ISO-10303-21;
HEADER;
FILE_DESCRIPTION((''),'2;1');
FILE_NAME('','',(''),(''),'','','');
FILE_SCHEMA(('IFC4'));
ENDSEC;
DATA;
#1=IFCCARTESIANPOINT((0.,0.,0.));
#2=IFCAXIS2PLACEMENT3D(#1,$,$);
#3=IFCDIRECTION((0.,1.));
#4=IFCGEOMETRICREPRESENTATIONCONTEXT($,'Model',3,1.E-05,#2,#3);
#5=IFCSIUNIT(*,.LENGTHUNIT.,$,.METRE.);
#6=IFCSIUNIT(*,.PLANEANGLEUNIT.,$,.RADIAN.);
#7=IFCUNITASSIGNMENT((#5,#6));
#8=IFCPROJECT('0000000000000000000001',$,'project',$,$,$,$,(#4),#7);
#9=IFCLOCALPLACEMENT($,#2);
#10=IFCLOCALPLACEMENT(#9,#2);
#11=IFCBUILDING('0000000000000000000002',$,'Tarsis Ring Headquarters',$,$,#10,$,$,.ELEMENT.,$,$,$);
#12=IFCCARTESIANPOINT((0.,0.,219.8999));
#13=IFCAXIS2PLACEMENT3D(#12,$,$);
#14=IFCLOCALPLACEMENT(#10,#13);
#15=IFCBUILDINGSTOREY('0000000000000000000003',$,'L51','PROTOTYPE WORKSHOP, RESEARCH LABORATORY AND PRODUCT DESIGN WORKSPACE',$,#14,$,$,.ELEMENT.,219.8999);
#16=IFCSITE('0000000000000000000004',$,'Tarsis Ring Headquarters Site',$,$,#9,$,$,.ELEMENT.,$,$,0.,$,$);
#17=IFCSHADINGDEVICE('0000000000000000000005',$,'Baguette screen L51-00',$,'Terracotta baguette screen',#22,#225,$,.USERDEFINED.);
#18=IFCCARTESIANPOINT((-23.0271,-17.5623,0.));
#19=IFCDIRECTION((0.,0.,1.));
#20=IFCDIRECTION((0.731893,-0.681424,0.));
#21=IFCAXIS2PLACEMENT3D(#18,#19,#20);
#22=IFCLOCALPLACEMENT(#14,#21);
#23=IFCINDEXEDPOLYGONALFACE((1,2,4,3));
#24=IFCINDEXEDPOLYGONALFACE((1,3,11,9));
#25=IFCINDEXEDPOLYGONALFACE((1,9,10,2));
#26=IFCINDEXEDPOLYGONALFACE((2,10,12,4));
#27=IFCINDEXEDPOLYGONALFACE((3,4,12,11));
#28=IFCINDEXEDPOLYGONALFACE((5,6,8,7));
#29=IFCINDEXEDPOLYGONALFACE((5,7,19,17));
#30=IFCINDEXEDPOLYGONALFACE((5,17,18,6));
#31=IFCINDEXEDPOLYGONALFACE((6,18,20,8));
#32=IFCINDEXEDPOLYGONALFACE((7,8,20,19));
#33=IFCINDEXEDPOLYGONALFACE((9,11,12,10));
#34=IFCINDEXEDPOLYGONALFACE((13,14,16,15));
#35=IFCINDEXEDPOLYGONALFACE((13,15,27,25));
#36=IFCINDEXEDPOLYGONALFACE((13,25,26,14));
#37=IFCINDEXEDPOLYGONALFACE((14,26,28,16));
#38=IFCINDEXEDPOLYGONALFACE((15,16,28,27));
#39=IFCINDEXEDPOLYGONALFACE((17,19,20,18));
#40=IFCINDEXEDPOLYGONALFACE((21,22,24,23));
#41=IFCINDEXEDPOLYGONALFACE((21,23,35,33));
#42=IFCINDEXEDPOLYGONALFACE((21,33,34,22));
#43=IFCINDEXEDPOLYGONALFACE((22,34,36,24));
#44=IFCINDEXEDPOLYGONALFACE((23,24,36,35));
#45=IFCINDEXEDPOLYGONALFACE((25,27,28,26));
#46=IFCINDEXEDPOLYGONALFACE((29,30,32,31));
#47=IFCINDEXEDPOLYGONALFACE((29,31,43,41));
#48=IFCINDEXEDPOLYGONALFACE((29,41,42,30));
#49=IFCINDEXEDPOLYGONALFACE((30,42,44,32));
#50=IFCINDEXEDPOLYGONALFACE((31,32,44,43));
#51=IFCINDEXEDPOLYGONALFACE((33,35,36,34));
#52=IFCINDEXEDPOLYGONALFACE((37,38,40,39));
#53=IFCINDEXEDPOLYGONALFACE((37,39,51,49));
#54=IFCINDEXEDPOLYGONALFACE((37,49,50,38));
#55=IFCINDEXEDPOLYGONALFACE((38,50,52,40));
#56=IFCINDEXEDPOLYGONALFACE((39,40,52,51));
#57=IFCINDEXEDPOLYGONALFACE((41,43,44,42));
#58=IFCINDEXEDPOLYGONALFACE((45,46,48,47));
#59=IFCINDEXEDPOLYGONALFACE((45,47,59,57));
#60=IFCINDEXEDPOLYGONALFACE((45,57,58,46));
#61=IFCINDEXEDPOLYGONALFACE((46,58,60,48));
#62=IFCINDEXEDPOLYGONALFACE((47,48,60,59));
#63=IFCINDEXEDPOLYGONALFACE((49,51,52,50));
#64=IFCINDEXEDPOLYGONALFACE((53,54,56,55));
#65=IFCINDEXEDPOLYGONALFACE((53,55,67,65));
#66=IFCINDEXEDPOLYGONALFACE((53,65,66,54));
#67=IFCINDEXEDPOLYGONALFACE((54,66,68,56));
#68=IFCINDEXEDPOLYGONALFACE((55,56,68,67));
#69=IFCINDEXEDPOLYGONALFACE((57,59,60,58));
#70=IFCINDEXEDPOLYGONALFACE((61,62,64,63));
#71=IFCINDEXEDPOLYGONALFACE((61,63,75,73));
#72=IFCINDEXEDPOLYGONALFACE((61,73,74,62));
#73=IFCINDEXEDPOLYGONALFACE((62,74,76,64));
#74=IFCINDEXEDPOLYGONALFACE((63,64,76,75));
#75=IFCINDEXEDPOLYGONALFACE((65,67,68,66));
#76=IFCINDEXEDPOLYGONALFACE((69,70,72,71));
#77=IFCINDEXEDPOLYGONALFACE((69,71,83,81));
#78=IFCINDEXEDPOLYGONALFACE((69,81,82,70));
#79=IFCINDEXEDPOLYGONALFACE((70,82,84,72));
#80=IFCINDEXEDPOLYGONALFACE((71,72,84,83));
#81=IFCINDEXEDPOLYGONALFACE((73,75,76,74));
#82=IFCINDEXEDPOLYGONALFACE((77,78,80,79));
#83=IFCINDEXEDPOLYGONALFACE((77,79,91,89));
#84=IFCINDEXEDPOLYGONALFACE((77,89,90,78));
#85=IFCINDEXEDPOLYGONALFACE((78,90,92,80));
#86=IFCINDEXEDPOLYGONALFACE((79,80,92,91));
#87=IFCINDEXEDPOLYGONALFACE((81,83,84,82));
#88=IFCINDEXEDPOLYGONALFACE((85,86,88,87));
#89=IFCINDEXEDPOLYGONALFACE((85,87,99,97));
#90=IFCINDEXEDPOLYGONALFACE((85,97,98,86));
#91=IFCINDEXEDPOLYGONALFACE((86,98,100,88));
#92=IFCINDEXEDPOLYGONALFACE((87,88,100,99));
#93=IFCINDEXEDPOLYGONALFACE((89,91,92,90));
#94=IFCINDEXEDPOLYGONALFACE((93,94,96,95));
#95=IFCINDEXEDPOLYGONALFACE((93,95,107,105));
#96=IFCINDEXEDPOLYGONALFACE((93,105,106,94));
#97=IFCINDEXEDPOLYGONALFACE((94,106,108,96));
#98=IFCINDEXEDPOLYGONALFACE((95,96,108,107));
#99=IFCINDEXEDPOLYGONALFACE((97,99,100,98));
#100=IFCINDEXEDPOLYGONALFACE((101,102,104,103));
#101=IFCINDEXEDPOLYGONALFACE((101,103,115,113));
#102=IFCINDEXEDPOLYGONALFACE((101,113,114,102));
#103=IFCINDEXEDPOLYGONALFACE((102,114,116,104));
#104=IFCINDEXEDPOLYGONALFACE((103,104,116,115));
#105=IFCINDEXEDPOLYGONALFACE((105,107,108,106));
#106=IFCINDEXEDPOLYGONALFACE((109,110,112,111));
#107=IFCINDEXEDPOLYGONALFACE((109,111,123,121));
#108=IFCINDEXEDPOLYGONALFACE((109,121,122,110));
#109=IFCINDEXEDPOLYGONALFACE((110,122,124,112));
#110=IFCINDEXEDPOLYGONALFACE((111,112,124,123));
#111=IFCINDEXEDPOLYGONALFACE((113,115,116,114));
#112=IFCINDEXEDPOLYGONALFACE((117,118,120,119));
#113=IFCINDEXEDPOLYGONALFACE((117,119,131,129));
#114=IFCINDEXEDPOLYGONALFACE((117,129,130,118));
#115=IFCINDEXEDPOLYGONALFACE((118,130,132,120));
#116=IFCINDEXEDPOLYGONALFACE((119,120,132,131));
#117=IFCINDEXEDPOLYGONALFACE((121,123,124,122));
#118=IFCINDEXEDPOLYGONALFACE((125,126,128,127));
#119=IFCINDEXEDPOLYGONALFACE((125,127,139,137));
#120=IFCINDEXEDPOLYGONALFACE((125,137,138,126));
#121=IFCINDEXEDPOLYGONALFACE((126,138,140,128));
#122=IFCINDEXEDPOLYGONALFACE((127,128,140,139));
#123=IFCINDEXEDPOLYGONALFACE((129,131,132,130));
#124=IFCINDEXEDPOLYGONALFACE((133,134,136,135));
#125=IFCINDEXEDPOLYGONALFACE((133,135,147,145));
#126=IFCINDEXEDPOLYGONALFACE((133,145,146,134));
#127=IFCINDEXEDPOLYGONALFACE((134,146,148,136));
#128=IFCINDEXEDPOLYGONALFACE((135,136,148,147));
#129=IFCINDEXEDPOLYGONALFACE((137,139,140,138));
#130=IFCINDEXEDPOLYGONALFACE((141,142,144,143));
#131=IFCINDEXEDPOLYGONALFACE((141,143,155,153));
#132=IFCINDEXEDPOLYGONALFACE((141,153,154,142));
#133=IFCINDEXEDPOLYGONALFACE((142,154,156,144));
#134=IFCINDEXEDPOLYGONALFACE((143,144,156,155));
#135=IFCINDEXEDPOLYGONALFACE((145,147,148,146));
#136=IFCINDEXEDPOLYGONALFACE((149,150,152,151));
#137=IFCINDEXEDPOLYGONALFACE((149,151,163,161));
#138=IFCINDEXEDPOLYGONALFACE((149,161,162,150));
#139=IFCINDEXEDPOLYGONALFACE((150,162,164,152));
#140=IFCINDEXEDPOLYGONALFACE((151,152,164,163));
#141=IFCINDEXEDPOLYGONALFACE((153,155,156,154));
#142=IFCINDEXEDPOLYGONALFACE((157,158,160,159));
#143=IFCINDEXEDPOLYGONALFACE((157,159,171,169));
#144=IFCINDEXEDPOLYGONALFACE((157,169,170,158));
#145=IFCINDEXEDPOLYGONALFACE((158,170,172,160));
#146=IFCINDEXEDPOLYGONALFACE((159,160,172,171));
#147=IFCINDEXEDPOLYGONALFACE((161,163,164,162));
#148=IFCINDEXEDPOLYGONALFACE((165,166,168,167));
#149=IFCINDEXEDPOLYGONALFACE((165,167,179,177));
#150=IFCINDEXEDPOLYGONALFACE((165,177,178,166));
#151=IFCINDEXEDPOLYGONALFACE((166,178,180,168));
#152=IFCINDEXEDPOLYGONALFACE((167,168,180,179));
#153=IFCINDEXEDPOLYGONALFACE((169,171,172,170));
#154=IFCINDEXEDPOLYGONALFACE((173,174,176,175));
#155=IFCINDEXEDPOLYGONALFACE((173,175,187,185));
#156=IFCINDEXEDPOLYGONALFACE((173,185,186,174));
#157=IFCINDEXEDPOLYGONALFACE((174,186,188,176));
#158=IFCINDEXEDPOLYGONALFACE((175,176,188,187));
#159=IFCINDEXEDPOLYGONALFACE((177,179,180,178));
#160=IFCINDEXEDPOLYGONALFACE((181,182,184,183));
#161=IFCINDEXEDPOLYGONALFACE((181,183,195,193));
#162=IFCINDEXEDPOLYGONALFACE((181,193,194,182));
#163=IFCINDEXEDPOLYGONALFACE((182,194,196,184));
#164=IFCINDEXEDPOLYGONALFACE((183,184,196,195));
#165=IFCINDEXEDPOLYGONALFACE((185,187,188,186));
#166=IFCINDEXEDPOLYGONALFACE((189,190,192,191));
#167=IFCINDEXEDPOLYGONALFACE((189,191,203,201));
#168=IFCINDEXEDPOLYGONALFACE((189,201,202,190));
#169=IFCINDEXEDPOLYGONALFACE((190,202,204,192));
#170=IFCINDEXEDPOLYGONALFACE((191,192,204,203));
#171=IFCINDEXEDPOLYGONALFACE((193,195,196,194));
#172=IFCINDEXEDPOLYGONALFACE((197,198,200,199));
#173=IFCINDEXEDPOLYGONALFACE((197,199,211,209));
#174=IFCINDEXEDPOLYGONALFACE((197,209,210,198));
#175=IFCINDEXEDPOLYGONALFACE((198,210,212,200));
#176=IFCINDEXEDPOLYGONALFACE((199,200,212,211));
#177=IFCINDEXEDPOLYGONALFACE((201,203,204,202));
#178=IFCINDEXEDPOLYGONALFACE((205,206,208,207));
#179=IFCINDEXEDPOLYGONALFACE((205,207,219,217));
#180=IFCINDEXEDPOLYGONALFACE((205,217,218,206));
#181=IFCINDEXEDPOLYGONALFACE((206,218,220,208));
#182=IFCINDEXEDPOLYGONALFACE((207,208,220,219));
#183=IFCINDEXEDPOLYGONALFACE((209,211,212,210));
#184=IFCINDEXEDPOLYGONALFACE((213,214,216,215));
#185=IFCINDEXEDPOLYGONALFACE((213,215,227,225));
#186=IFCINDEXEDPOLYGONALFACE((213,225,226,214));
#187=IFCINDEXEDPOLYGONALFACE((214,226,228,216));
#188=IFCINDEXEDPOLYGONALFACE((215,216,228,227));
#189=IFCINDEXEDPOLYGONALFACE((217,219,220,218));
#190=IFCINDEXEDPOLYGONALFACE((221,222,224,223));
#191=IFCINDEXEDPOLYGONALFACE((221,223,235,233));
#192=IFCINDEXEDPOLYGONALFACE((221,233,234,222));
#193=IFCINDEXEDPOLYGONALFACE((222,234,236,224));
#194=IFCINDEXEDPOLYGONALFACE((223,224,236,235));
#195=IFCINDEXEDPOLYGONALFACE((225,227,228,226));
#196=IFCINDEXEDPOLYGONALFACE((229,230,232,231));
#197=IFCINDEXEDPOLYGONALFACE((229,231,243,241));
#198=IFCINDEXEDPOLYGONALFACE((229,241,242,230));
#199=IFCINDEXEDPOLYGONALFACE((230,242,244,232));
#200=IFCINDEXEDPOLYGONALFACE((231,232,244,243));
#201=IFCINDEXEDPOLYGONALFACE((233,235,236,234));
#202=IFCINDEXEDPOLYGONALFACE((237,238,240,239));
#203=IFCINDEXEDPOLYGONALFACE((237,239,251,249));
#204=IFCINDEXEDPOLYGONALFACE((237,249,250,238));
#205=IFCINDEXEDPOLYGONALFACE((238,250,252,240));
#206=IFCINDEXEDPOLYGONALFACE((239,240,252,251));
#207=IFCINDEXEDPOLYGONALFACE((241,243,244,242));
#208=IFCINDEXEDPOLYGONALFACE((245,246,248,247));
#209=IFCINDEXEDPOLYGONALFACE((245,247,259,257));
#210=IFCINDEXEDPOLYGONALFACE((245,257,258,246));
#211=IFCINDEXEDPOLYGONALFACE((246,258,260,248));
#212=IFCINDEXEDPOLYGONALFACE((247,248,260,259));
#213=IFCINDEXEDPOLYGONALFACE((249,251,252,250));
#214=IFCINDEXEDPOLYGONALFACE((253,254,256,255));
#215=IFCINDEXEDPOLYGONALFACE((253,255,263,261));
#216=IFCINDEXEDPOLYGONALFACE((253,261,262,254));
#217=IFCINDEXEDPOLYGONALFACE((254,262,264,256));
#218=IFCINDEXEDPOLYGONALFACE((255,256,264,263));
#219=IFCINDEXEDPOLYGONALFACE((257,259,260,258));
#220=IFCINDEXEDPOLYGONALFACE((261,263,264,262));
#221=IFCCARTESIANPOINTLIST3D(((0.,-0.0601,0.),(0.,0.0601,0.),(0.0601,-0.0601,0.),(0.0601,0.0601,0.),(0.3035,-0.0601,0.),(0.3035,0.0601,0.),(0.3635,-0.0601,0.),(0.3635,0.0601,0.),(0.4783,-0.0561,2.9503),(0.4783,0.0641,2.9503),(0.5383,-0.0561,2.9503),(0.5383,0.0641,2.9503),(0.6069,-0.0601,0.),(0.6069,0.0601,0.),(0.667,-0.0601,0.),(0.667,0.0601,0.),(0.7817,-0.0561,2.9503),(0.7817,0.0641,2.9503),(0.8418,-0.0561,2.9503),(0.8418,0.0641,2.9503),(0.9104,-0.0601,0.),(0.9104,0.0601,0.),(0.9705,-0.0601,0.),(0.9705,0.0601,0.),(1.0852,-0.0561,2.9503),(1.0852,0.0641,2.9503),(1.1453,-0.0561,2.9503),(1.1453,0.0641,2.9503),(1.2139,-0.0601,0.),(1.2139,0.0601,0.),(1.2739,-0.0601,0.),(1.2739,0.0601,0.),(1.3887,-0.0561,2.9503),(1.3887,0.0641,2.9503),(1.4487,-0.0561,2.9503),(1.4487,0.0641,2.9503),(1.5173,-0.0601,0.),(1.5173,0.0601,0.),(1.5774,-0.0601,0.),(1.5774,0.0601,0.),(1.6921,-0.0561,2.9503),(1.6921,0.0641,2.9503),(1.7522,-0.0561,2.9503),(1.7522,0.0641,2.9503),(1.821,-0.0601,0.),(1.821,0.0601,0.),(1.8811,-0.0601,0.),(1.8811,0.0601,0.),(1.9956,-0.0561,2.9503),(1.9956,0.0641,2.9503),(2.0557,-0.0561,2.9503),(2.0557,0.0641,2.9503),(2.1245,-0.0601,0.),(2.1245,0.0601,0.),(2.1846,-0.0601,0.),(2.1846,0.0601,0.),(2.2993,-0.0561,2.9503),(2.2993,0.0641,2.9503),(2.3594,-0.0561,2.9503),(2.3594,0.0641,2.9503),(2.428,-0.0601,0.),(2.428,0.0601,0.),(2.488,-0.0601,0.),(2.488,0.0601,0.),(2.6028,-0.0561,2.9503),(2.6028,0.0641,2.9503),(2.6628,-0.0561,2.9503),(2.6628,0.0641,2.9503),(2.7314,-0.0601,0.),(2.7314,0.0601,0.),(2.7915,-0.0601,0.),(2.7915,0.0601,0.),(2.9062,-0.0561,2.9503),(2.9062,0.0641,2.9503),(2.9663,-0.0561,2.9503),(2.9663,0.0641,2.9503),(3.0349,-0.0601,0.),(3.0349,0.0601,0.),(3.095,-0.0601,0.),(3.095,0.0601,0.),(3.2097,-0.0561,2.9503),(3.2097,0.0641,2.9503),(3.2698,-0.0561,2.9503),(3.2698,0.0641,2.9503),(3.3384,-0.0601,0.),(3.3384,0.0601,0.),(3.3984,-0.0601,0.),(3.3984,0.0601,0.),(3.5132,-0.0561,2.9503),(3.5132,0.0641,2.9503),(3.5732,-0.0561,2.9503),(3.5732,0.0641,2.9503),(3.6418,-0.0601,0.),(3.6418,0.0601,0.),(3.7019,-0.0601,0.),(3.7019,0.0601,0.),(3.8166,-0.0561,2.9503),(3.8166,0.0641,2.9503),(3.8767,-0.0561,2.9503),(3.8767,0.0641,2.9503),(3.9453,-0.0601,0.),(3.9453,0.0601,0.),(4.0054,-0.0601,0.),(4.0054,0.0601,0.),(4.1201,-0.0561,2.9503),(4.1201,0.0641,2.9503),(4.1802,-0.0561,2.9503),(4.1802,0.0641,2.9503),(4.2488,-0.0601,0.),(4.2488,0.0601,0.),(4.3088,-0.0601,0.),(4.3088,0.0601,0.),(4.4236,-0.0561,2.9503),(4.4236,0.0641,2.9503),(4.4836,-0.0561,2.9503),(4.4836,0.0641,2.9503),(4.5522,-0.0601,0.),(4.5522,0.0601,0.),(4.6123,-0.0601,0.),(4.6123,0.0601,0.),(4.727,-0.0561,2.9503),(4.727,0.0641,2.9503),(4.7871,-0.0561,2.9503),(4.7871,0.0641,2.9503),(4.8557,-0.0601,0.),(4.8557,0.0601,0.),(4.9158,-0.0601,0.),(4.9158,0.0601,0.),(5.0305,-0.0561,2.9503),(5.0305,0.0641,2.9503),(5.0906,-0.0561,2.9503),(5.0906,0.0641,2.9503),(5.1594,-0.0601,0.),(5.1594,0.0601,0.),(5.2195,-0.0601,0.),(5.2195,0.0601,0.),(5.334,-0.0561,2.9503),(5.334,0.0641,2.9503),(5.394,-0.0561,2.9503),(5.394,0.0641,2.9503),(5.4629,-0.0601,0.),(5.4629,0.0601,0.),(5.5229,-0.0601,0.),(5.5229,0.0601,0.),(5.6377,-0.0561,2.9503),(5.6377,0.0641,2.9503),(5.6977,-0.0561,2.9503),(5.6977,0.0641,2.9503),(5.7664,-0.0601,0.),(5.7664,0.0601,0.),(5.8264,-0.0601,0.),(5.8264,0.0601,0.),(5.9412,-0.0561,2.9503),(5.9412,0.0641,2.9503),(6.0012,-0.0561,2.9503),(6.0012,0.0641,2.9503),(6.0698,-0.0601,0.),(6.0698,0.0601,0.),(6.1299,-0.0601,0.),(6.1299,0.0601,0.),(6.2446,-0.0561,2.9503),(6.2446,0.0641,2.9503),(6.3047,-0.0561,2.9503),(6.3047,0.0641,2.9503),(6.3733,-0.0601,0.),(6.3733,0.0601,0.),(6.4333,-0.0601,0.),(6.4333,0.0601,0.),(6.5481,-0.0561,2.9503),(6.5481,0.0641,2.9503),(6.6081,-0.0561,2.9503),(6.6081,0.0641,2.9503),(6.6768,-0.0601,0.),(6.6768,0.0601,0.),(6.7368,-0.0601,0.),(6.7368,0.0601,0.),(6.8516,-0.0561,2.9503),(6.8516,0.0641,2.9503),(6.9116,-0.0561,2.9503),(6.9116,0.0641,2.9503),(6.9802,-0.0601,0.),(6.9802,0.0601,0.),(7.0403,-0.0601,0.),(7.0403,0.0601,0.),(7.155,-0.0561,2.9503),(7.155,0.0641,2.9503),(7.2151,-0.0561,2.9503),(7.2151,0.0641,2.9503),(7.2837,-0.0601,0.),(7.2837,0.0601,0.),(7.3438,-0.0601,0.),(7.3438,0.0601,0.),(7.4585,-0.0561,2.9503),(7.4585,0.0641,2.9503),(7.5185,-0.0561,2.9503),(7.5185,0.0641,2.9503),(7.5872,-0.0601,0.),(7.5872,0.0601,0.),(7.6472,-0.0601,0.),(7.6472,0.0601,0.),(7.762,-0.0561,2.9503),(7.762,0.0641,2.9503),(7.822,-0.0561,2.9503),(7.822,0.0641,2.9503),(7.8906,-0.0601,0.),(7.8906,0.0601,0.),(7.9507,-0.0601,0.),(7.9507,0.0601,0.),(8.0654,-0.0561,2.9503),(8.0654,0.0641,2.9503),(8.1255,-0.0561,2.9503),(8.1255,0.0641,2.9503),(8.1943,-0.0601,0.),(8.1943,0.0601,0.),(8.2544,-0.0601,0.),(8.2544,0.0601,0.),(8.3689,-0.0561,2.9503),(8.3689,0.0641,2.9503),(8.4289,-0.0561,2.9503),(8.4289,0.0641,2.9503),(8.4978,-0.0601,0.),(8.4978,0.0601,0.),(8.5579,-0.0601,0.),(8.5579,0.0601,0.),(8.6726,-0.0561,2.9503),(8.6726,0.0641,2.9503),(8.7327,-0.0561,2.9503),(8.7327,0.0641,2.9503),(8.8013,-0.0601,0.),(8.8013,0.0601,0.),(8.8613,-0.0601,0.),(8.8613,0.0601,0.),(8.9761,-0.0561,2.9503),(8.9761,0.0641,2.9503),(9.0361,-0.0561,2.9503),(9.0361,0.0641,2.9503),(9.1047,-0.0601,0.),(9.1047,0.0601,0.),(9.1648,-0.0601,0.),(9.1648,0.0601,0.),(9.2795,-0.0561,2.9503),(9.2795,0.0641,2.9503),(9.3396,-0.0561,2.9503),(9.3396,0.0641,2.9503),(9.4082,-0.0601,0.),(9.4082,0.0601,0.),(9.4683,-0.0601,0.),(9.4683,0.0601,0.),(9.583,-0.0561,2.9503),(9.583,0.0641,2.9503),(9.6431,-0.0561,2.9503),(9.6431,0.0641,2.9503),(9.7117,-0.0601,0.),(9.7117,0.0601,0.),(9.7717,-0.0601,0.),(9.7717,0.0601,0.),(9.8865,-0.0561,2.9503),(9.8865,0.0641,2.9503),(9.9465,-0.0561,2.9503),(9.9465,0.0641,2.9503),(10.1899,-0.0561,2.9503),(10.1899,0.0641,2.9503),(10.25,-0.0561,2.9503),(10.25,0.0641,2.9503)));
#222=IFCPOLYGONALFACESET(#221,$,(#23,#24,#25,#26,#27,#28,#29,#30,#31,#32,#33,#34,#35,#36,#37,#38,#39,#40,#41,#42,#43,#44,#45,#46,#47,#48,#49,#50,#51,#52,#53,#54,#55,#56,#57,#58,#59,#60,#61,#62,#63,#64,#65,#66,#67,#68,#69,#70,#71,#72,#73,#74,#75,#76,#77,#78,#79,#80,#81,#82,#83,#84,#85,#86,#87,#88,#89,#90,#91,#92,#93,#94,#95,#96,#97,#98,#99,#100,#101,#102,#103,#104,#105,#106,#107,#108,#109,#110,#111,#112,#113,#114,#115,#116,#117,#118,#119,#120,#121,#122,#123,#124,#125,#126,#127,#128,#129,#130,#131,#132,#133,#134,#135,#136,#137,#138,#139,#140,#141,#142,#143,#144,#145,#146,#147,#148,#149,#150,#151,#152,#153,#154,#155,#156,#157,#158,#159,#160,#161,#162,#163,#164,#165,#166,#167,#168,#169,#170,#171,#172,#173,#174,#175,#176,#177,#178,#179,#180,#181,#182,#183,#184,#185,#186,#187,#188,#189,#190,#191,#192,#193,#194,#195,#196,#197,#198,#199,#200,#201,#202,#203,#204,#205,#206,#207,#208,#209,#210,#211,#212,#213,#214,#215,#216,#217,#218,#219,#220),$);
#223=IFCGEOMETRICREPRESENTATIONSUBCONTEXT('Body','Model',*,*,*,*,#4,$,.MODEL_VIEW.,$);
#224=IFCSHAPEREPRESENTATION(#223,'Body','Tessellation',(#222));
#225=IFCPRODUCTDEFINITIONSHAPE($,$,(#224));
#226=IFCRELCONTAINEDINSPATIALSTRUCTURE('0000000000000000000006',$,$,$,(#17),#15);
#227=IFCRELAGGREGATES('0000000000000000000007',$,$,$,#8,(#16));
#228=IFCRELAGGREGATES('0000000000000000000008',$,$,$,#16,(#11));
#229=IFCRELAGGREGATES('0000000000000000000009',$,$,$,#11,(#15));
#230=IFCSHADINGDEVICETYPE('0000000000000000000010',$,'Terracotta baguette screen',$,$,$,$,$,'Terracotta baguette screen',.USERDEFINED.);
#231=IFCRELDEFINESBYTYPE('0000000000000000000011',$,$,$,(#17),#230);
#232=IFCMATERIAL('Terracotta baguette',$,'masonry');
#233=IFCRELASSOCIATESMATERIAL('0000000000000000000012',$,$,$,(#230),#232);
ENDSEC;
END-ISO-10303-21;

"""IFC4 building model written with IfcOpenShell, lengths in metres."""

from ifc_helpers import new_model, si_unit, direction, frame, frame_2d, origin, place, context, subcontext, project, spatial, rectangle, composite_profile, extrude, material, type_object, element, save


model = new_model("IFC4")

# Units and contexts
model_context = context("Model", 3, precision=1e-05, world=origin(), true_north=direction((0.0, 1.0)))
body_context = subcontext(model_context, "Body", "Model", "MODEL_VIEW")
ifc_project = project(units=[si_unit("LENGTHUNIT", "METRE"), si_unit("PLANEANGLEUNIT", "RADIAN")], contexts=[model_context])

# Site, building, storey
site_placement = place(None, origin())
site = spatial("IfcSite", under=ifc_project, at=site_placement, Name="Tarsis Ring Headquarters Site", CompositionType="ELEMENT", RefElevation=0.0)
building_placement = place(site_placement, origin())
building = spatial("IfcBuilding", under=site, at=building_placement, Name="Tarsis Ring Headquarters", CompositionType="ELEMENT")
storey_placement = place(building_placement, frame((0.0, 0.0, 219.8999)))
storey = spatial("IfcBuildingStorey", under=building, at=storey_placement, Name="L51", Description="PROTOTYPE WORKSHOP, RESEARCH LABORATORY AND PRODUCT DESIGN WORKSPACE", CompositionType="ELEMENT", Elevation=219.8999)

# Shading device
ifc_material_1 = material(Name="Terracotta baguette", Category="masonry")
shading_device_type = type_object("IfcShadingDeviceType", Name="Terracotta baguette screen", ElementType="Terracotta baguette screen", PredefinedType="USERDEFINED", material=ifc_material_1)
shading_device_1_placement = place(storey_placement, frame((-23.0271, -17.5623, 0.0), z_axis=(0.0, 0.0, 1.0), x_axis=(0.731893, -0.681424, 0.0)))
element("IfcShadingDevice", 1, at=shading_device_1_placement, inside=storey, type_object=shading_device_type, Name="Baguette screen L51-00", ObjectType="Terracotta baguette screen", PredefinedType="USERDEFINED", context=body_context, shape_type="SweptSolid", body=[
    extrude(composite_profile([rectangle(XDim=0.0601, YDim=0.1201, at=frame_2d((0.03, 0.0))), rectangle(XDim=0.0601, YDim=0.1201, at=frame_2d((0.3335, 0.0))), rectangle(XDim=0.0601, YDim=0.1201, at=frame_2d((0.637, 0.0))), rectangle(XDim=0.0601, YDim=0.1201, at=frame_2d((0.9404, 0.0))), rectangle(XDim=0.0601, YDim=0.1201, at=frame_2d((1.2439, 0.0))), rectangle(XDim=0.0601, YDim=0.1201, at=frame_2d((1.5474, 0.0))), rectangle(XDim=0.0601, YDim=0.1201, at=frame_2d((1.8511, 0.0))), rectangle(XDim=0.0601, YDim=0.1201, at=frame_2d((2.1545, 0.0))), rectangle(XDim=0.0601, YDim=0.1201, at=frame_2d((2.458, 0.0))), rectangle(XDim=0.0601, YDim=0.1201, at=frame_2d((2.7615, 0.0))), rectangle(XDim=0.0601, YDim=0.1201, at=frame_2d((3.0649, 0.0))), rectangle(XDim=0.0601, YDim=0.1201, at=frame_2d((3.3684, 0.0))), rectangle(XDim=0.0601, YDim=0.1201, at=frame_2d((3.6719, 0.0))), rectangle(XDim=0.0601, YDim=0.1201, at=frame_2d((3.9753, 0.0))), rectangle(XDim=0.0601, YDim=0.1201, at=frame_2d((4.2788, 0.0))), rectangle(XDim=0.0601, YDim=0.1201, at=frame_2d((4.5823, 0.0))), rectangle(XDim=0.0601, YDim=0.1201, at=frame_2d((4.8857, 0.0))), rectangle(XDim=0.0601, YDim=0.1201, at=frame_2d((5.1895, 0.0))), rectangle(XDim=0.0601, YDim=0.1201, at=frame_2d((5.4929, 0.0))), rectangle(XDim=0.0601, YDim=0.1201, at=frame_2d((5.7964, 0.0))), rectangle(XDim=0.0601, YDim=0.1201, at=frame_2d((6.0999, 0.0))), rectangle(XDim=0.0601, YDim=0.1201, at=frame_2d((6.4033, 0.0))), rectangle(XDim=0.0601, YDim=0.1201, at=frame_2d((6.7068, 0.0))), rectangle(XDim=0.0601, YDim=0.1201, at=frame_2d((7.0103, 0.0))), rectangle(XDim=0.0601, YDim=0.1201, at=frame_2d((7.3137, 0.0))), rectangle(XDim=0.0601, YDim=0.1201, at=frame_2d((7.6172, 0.0))), rectangle(XDim=0.0601, YDim=0.1201, at=frame_2d((7.9207, 0.0))), rectangle(XDim=0.0601, YDim=0.1201, at=frame_2d((8.2244, 0.0))), rectangle(XDim=0.0601, YDim=0.1201, at=frame_2d((8.5278, 0.0))), rectangle(XDim=0.0601, YDim=0.1201, at=frame_2d((8.8313, 0.0))), rectangle(XDim=0.0601, YDim=0.1201, at=frame_2d((9.1348, 0.0))), rectangle(XDim=0.0601, YDim=0.1201, at=frame_2d((9.4382, 0.0))), rectangle(XDim=0.0601, YDim=0.1201, at=frame_2d((9.7417, 0.0)))]), origin(), (0.160019, 0.00134, 0.987113), 2.9888),
])

save(model, "model.ifc")
